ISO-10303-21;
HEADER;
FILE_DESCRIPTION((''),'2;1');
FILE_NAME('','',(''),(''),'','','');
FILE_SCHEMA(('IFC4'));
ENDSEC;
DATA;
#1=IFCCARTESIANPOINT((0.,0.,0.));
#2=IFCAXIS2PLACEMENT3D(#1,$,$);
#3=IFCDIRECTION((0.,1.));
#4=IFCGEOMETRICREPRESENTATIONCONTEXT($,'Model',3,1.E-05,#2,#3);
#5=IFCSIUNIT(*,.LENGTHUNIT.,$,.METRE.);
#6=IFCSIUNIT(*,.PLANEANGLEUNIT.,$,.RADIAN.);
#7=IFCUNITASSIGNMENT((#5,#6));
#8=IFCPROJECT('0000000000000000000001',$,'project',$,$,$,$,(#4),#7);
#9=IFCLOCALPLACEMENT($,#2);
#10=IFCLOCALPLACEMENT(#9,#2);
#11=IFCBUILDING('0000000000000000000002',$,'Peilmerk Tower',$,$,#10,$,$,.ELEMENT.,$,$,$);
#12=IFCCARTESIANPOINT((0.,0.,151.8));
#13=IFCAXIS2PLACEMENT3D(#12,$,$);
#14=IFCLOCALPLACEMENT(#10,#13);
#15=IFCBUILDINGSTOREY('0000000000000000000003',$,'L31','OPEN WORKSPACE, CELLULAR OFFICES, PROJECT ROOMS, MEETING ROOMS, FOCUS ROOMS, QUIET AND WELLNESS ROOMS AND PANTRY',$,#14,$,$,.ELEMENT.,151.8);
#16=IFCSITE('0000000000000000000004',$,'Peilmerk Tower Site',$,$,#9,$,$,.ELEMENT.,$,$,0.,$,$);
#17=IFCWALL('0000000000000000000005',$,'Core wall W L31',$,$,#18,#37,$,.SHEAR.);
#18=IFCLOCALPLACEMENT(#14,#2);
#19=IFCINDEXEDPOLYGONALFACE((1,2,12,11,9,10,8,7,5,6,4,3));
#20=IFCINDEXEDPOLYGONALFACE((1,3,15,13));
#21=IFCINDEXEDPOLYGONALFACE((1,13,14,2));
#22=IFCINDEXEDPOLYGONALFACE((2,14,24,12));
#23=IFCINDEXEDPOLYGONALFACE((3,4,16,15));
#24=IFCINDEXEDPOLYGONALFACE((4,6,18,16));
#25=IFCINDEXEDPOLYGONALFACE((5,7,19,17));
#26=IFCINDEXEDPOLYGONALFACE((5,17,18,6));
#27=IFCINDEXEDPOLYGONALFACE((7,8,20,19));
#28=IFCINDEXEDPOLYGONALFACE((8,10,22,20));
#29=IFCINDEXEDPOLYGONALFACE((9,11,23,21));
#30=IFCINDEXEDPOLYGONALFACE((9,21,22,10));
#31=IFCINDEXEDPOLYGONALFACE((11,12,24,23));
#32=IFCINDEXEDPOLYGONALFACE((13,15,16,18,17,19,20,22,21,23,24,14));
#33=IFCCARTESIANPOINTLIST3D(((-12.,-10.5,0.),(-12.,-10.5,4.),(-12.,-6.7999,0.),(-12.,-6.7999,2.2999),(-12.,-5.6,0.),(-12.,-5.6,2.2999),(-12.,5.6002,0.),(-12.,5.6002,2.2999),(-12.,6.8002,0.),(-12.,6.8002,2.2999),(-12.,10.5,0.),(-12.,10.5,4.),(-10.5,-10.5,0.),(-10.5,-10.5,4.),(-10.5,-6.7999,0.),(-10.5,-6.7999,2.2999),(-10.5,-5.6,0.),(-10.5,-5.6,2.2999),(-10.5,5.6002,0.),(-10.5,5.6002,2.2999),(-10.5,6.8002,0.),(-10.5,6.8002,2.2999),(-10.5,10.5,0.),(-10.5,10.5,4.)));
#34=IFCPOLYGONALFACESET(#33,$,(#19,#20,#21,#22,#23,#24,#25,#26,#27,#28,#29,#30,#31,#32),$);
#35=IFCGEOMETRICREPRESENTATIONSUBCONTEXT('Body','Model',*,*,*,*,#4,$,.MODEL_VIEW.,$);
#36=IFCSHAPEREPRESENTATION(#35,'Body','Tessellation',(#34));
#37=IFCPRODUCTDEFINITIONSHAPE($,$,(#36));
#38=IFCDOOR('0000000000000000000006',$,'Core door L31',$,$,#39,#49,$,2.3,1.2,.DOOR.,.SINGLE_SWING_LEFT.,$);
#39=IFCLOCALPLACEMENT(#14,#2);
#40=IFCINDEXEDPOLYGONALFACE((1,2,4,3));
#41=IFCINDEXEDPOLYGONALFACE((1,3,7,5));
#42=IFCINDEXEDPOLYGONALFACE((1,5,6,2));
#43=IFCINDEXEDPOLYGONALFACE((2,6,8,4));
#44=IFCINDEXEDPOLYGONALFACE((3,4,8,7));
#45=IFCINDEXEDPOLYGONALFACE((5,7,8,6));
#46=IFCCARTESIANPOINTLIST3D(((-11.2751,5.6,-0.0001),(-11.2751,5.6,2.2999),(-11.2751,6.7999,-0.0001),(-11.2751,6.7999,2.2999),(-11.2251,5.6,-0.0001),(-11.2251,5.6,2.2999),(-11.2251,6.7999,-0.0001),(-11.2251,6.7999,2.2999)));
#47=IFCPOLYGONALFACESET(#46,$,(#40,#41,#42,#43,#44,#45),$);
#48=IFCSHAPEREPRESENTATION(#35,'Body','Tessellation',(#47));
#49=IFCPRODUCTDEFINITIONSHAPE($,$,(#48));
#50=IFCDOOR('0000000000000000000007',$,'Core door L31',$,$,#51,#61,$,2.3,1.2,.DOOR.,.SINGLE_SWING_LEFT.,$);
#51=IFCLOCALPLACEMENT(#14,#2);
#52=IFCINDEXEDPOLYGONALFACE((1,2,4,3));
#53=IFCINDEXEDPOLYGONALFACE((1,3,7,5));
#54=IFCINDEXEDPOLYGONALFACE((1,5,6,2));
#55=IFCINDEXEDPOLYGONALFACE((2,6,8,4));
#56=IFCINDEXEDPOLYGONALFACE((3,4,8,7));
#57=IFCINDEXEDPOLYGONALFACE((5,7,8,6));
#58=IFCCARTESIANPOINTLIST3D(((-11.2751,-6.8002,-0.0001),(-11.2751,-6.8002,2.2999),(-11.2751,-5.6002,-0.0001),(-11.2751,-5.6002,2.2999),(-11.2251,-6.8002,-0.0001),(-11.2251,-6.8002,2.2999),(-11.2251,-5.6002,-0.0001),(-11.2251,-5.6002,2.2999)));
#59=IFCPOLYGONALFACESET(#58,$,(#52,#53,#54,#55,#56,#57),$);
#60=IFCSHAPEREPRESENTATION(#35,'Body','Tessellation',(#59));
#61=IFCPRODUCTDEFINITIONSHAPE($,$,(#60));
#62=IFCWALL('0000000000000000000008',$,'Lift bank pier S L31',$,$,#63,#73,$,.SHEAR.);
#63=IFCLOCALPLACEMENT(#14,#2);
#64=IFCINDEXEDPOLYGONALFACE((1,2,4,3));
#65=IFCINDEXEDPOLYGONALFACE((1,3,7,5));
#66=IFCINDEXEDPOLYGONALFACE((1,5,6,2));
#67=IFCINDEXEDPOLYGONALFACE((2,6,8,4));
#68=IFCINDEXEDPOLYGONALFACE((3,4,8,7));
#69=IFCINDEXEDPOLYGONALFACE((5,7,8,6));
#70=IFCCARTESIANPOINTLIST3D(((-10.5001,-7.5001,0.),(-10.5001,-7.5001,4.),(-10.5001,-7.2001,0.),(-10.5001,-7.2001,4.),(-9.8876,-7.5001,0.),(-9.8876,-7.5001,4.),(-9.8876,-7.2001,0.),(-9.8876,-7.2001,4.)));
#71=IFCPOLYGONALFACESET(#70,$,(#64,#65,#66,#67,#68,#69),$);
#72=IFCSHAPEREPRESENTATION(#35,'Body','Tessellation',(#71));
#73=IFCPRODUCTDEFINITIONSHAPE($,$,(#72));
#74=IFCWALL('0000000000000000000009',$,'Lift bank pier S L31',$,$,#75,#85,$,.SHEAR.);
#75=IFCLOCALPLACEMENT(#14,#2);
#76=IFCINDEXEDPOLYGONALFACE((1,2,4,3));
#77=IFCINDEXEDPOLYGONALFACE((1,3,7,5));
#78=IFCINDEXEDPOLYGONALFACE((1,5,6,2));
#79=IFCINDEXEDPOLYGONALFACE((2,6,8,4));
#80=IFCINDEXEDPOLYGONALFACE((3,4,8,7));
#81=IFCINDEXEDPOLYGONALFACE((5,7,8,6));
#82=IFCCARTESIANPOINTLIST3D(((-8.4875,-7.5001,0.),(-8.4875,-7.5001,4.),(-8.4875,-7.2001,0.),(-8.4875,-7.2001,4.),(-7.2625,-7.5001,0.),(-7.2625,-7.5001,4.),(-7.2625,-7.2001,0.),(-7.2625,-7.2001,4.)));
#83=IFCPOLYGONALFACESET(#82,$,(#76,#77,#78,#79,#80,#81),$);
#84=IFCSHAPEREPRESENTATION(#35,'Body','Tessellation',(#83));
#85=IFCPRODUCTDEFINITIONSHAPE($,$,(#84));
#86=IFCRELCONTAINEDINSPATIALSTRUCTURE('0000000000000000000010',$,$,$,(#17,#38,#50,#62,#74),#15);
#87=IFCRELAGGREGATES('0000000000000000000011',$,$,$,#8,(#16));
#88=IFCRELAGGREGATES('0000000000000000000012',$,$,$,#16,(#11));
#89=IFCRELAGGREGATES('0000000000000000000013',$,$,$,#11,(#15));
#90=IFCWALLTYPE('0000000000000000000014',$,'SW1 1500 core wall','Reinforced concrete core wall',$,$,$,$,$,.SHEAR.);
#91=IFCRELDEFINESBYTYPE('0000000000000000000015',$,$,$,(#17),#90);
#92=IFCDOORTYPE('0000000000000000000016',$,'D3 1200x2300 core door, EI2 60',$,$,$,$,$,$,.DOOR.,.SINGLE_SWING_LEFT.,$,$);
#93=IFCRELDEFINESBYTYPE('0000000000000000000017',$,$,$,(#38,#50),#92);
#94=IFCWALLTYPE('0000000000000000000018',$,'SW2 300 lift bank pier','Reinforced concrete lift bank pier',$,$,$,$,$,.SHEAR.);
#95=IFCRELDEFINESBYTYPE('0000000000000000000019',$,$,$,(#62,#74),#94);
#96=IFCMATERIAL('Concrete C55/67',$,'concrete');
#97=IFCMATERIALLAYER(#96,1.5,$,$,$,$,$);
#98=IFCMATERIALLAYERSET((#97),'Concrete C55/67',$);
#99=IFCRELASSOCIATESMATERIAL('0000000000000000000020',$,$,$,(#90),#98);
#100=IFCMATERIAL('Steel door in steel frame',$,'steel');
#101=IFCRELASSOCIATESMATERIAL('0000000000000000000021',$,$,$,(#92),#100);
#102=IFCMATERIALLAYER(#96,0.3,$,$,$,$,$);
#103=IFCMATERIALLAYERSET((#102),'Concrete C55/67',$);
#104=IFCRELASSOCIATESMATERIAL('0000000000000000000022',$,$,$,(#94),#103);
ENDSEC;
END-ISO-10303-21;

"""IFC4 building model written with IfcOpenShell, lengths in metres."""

from ifc_helpers import new_model, si_unit, direction, frame, frame_2d, origin, place, context, subcontext, project, spatial, rectangle, extrude, material, layer, layer_set, type_object, element, fill, save


model = new_model("IFC4")

# Units and contexts
model_context = context("Model", 3, precision=1e-05, world=origin(), true_north=direction((0.0, 1.0)))
body_context = subcontext(model_context, "Body", "Model", "MODEL_VIEW")
ifc_project = project(units=[si_unit("LENGTHUNIT", "METRE"), si_unit("PLANEANGLEUNIT", "RADIAN")], contexts=[model_context])

# Site, building, storey
site_placement = place(None, origin())
site = spatial("IfcSite", under=ifc_project, at=site_placement, Name="Peilmerk Tower Site", CompositionType="ELEMENT", RefElevation=0.0)
building_placement = place(site_placement, origin())
building = spatial("IfcBuilding", under=site, at=building_placement, Name="Peilmerk Tower", CompositionType="ELEMENT")
storey_placement = place(building_placement, frame((0.0, 0.0, 151.8)))
storey = spatial("IfcBuildingStorey", under=building, at=storey_placement, Name="L31", Description="OPEN WORKSPACE, CELLULAR OFFICES, PROJECT ROOMS, MEETING ROOMS, FOCUS ROOMS, QUIET AND WELLNESS ROOMS AND PANTRY", CompositionType="ELEMENT", Elevation=151.8)

# Wall, openings, doors
ifc_material_1 = material(Name="Concrete C55/67", Category="concrete")
ifc_layer_1 = layer(ifc_material_1, 1.5)
ifc_layer_set_1 = layer_set([ifc_layer_1], Name="Concrete C55/67")
wall_type_1 = type_object("IfcWallType", Name="SW1 1500 core wall", Description="Reinforced concrete core wall", PredefinedType="SHEAR", material=ifc_layer_set_1)
wall_1_placement = place(storey_placement, frame((-11.25, -10.5, 0.0), z_axis=(0.0, 0.0, 1.0), x_axis=(0.0, 1.0, 0.0)))
wall_1 = element("IfcWall", 1, at=wall_1_placement, inside=storey, type_object=wall_type_1, Name="Core wall W L31", PredefinedType="SHEAR", context=body_context, shape_type="SweptSolid", body=[
    extrude(rectangle(XDim=21.0, YDim=1.5, at=frame_2d((10.5, 0.0))), origin(), (0.0, 0.0, 1.0), 4.0),
])
opening_1_placement = place(wall_1_placement, frame((16.1001, 0.0, 0.0)))
opening_1 = element("IfcOpeningElement", 2, at=opening_1_placement, cuts=wall_1, PredefinedType="OPENING", context=body_context, shape_type="SweptSolid", body=[
    extrude(rectangle(XDim=1.2, YDim=2.3, at=frame_2d((0.6001, 1.1499))), frame((0.0, 0.76, 0.0), z_axis=(0.0, -1.0, 0.0), x_axis=(1.0, 0.0, 0.0)), (0.0, 0.0, 1.0), 1.52),
])
opening_2_placement = place(wall_1_placement, frame((3.7, 0.0, 0.0)))
opening_2 = element("IfcOpeningElement", 3, at=opening_2_placement, cuts=wall_1, PredefinedType="OPENING", context=body_context, shape_type="SweptSolid", body=[
    extrude(rectangle(XDim=1.2, YDim=2.3, at=frame_2d((0.6001, 1.1499))), frame((0.0, 0.76, 0.0), z_axis=(0.0, -1.0, 0.0), x_axis=(1.0, 0.0, 0.0)), (0.0, 0.0, 1.0), 1.52),
])
ifc_material_2 = material(Name="Steel door in steel frame", Category="steel")
door_type = type_object("IfcDoorType", Name="D3 1200x2300 core door, EI2 60", OperationType="SINGLE_SWING_LEFT", PredefinedType="DOOR", material=ifc_material_2)
door_1_placement = place(opening_1_placement, frame((1.2, 0.0, 0.0), z_axis=(0.0, 0.0, 1.0), x_axis=(-1.0, 0.0, 0.0)))
door_1 = element("IfcDoor", 4, at=door_1_placement, inside=storey, type_object=door_type, Name="Core door L31", OperationType="SINGLE_SWING_LEFT", OverallHeight=2.3, OverallWidth=1.2, PredefinedType="DOOR", context=body_context, shape_type="SweptSolid", body=[
    extrude(rectangle(XDim=1.2, YDim=2.3, at=frame_2d((0.6001, 1.1499))), frame((0.0, 0.0249, 0.0), z_axis=(0.0, -1.0, 0.0), x_axis=(1.0, 0.0, 0.0)), (0.0, 0.0, 1.0), 0.05),
])
fill(opening_1, door_1)
door_2_placement = place(opening_2_placement, frame((1.2, 0.0, 0.0), z_axis=(0.0, 0.0, 1.0), x_axis=(-1.0, 0.0, 0.0)))
door_2 = element("IfcDoor", 5, at=door_2_placement, inside=storey, type_object=door_type, Name="Core door L31", OperationType="SINGLE_SWING_LEFT", OverallHeight=2.3, OverallWidth=1.2, PredefinedType="DOOR", context=body_context, shape_type="SweptSolid", body=[
    extrude(rectangle(XDim=1.2, YDim=2.3, at=frame_2d((0.6001, 1.1499))), frame((0.0, 0.0249, 0.0), z_axis=(0.0, -1.0, 0.0), x_axis=(1.0, 0.0, 0.0)), (0.0, 0.0, 1.0), 0.05),
])
fill(opening_2, door_2)

# Walls
ifc_layer_2 = layer(ifc_material_1, 0.3)
ifc_layer_set_2 = layer_set([ifc_layer_2], Name="Concrete C55/67")
wall_type_2 = type_object("IfcWallType", Name="SW2 300 lift bank pier", Description="Reinforced concrete lift bank pier", PredefinedType="SHEAR", material=ifc_layer_set_2)
wall_2_placement = place(storey_placement, frame((-10.5, -7.3501, 0.0), z_axis=(0.0, 0.0, 1.0), x_axis=(1.0, 0.0, 0.0)))
element("IfcWall", 6, at=wall_2_placement, inside=storey, type_object=wall_type_2, Name="Lift bank pier S L31", PredefinedType="SHEAR", context=body_context, shape_type="SweptSolid", body=[
    extrude(rectangle(XDim=0.6125, YDim=0.3, at=frame_2d((0.3062, 0.0))), origin(), (0.0, 0.0, 1.0), 4.0),
])
wall_3_placement = place(storey_placement, frame((-8.4875, -7.3501, 0.0), z_axis=(0.0, 0.0, 1.0), x_axis=(1.0, 0.0, 0.0)))
element("IfcWall", 7, at=wall_3_placement, inside=storey, type_object=wall_type_2, Name="Lift bank pier S L31", PredefinedType="SHEAR", context=body_context, shape_type="SweptSolid", body=[
    extrude(rectangle(XDim=1.2251, YDim=0.3, at=frame_2d((0.6125, 0.0))), origin(), (0.0, 0.0, 1.0), 4.0),
])

save(model, "model.ifc")
